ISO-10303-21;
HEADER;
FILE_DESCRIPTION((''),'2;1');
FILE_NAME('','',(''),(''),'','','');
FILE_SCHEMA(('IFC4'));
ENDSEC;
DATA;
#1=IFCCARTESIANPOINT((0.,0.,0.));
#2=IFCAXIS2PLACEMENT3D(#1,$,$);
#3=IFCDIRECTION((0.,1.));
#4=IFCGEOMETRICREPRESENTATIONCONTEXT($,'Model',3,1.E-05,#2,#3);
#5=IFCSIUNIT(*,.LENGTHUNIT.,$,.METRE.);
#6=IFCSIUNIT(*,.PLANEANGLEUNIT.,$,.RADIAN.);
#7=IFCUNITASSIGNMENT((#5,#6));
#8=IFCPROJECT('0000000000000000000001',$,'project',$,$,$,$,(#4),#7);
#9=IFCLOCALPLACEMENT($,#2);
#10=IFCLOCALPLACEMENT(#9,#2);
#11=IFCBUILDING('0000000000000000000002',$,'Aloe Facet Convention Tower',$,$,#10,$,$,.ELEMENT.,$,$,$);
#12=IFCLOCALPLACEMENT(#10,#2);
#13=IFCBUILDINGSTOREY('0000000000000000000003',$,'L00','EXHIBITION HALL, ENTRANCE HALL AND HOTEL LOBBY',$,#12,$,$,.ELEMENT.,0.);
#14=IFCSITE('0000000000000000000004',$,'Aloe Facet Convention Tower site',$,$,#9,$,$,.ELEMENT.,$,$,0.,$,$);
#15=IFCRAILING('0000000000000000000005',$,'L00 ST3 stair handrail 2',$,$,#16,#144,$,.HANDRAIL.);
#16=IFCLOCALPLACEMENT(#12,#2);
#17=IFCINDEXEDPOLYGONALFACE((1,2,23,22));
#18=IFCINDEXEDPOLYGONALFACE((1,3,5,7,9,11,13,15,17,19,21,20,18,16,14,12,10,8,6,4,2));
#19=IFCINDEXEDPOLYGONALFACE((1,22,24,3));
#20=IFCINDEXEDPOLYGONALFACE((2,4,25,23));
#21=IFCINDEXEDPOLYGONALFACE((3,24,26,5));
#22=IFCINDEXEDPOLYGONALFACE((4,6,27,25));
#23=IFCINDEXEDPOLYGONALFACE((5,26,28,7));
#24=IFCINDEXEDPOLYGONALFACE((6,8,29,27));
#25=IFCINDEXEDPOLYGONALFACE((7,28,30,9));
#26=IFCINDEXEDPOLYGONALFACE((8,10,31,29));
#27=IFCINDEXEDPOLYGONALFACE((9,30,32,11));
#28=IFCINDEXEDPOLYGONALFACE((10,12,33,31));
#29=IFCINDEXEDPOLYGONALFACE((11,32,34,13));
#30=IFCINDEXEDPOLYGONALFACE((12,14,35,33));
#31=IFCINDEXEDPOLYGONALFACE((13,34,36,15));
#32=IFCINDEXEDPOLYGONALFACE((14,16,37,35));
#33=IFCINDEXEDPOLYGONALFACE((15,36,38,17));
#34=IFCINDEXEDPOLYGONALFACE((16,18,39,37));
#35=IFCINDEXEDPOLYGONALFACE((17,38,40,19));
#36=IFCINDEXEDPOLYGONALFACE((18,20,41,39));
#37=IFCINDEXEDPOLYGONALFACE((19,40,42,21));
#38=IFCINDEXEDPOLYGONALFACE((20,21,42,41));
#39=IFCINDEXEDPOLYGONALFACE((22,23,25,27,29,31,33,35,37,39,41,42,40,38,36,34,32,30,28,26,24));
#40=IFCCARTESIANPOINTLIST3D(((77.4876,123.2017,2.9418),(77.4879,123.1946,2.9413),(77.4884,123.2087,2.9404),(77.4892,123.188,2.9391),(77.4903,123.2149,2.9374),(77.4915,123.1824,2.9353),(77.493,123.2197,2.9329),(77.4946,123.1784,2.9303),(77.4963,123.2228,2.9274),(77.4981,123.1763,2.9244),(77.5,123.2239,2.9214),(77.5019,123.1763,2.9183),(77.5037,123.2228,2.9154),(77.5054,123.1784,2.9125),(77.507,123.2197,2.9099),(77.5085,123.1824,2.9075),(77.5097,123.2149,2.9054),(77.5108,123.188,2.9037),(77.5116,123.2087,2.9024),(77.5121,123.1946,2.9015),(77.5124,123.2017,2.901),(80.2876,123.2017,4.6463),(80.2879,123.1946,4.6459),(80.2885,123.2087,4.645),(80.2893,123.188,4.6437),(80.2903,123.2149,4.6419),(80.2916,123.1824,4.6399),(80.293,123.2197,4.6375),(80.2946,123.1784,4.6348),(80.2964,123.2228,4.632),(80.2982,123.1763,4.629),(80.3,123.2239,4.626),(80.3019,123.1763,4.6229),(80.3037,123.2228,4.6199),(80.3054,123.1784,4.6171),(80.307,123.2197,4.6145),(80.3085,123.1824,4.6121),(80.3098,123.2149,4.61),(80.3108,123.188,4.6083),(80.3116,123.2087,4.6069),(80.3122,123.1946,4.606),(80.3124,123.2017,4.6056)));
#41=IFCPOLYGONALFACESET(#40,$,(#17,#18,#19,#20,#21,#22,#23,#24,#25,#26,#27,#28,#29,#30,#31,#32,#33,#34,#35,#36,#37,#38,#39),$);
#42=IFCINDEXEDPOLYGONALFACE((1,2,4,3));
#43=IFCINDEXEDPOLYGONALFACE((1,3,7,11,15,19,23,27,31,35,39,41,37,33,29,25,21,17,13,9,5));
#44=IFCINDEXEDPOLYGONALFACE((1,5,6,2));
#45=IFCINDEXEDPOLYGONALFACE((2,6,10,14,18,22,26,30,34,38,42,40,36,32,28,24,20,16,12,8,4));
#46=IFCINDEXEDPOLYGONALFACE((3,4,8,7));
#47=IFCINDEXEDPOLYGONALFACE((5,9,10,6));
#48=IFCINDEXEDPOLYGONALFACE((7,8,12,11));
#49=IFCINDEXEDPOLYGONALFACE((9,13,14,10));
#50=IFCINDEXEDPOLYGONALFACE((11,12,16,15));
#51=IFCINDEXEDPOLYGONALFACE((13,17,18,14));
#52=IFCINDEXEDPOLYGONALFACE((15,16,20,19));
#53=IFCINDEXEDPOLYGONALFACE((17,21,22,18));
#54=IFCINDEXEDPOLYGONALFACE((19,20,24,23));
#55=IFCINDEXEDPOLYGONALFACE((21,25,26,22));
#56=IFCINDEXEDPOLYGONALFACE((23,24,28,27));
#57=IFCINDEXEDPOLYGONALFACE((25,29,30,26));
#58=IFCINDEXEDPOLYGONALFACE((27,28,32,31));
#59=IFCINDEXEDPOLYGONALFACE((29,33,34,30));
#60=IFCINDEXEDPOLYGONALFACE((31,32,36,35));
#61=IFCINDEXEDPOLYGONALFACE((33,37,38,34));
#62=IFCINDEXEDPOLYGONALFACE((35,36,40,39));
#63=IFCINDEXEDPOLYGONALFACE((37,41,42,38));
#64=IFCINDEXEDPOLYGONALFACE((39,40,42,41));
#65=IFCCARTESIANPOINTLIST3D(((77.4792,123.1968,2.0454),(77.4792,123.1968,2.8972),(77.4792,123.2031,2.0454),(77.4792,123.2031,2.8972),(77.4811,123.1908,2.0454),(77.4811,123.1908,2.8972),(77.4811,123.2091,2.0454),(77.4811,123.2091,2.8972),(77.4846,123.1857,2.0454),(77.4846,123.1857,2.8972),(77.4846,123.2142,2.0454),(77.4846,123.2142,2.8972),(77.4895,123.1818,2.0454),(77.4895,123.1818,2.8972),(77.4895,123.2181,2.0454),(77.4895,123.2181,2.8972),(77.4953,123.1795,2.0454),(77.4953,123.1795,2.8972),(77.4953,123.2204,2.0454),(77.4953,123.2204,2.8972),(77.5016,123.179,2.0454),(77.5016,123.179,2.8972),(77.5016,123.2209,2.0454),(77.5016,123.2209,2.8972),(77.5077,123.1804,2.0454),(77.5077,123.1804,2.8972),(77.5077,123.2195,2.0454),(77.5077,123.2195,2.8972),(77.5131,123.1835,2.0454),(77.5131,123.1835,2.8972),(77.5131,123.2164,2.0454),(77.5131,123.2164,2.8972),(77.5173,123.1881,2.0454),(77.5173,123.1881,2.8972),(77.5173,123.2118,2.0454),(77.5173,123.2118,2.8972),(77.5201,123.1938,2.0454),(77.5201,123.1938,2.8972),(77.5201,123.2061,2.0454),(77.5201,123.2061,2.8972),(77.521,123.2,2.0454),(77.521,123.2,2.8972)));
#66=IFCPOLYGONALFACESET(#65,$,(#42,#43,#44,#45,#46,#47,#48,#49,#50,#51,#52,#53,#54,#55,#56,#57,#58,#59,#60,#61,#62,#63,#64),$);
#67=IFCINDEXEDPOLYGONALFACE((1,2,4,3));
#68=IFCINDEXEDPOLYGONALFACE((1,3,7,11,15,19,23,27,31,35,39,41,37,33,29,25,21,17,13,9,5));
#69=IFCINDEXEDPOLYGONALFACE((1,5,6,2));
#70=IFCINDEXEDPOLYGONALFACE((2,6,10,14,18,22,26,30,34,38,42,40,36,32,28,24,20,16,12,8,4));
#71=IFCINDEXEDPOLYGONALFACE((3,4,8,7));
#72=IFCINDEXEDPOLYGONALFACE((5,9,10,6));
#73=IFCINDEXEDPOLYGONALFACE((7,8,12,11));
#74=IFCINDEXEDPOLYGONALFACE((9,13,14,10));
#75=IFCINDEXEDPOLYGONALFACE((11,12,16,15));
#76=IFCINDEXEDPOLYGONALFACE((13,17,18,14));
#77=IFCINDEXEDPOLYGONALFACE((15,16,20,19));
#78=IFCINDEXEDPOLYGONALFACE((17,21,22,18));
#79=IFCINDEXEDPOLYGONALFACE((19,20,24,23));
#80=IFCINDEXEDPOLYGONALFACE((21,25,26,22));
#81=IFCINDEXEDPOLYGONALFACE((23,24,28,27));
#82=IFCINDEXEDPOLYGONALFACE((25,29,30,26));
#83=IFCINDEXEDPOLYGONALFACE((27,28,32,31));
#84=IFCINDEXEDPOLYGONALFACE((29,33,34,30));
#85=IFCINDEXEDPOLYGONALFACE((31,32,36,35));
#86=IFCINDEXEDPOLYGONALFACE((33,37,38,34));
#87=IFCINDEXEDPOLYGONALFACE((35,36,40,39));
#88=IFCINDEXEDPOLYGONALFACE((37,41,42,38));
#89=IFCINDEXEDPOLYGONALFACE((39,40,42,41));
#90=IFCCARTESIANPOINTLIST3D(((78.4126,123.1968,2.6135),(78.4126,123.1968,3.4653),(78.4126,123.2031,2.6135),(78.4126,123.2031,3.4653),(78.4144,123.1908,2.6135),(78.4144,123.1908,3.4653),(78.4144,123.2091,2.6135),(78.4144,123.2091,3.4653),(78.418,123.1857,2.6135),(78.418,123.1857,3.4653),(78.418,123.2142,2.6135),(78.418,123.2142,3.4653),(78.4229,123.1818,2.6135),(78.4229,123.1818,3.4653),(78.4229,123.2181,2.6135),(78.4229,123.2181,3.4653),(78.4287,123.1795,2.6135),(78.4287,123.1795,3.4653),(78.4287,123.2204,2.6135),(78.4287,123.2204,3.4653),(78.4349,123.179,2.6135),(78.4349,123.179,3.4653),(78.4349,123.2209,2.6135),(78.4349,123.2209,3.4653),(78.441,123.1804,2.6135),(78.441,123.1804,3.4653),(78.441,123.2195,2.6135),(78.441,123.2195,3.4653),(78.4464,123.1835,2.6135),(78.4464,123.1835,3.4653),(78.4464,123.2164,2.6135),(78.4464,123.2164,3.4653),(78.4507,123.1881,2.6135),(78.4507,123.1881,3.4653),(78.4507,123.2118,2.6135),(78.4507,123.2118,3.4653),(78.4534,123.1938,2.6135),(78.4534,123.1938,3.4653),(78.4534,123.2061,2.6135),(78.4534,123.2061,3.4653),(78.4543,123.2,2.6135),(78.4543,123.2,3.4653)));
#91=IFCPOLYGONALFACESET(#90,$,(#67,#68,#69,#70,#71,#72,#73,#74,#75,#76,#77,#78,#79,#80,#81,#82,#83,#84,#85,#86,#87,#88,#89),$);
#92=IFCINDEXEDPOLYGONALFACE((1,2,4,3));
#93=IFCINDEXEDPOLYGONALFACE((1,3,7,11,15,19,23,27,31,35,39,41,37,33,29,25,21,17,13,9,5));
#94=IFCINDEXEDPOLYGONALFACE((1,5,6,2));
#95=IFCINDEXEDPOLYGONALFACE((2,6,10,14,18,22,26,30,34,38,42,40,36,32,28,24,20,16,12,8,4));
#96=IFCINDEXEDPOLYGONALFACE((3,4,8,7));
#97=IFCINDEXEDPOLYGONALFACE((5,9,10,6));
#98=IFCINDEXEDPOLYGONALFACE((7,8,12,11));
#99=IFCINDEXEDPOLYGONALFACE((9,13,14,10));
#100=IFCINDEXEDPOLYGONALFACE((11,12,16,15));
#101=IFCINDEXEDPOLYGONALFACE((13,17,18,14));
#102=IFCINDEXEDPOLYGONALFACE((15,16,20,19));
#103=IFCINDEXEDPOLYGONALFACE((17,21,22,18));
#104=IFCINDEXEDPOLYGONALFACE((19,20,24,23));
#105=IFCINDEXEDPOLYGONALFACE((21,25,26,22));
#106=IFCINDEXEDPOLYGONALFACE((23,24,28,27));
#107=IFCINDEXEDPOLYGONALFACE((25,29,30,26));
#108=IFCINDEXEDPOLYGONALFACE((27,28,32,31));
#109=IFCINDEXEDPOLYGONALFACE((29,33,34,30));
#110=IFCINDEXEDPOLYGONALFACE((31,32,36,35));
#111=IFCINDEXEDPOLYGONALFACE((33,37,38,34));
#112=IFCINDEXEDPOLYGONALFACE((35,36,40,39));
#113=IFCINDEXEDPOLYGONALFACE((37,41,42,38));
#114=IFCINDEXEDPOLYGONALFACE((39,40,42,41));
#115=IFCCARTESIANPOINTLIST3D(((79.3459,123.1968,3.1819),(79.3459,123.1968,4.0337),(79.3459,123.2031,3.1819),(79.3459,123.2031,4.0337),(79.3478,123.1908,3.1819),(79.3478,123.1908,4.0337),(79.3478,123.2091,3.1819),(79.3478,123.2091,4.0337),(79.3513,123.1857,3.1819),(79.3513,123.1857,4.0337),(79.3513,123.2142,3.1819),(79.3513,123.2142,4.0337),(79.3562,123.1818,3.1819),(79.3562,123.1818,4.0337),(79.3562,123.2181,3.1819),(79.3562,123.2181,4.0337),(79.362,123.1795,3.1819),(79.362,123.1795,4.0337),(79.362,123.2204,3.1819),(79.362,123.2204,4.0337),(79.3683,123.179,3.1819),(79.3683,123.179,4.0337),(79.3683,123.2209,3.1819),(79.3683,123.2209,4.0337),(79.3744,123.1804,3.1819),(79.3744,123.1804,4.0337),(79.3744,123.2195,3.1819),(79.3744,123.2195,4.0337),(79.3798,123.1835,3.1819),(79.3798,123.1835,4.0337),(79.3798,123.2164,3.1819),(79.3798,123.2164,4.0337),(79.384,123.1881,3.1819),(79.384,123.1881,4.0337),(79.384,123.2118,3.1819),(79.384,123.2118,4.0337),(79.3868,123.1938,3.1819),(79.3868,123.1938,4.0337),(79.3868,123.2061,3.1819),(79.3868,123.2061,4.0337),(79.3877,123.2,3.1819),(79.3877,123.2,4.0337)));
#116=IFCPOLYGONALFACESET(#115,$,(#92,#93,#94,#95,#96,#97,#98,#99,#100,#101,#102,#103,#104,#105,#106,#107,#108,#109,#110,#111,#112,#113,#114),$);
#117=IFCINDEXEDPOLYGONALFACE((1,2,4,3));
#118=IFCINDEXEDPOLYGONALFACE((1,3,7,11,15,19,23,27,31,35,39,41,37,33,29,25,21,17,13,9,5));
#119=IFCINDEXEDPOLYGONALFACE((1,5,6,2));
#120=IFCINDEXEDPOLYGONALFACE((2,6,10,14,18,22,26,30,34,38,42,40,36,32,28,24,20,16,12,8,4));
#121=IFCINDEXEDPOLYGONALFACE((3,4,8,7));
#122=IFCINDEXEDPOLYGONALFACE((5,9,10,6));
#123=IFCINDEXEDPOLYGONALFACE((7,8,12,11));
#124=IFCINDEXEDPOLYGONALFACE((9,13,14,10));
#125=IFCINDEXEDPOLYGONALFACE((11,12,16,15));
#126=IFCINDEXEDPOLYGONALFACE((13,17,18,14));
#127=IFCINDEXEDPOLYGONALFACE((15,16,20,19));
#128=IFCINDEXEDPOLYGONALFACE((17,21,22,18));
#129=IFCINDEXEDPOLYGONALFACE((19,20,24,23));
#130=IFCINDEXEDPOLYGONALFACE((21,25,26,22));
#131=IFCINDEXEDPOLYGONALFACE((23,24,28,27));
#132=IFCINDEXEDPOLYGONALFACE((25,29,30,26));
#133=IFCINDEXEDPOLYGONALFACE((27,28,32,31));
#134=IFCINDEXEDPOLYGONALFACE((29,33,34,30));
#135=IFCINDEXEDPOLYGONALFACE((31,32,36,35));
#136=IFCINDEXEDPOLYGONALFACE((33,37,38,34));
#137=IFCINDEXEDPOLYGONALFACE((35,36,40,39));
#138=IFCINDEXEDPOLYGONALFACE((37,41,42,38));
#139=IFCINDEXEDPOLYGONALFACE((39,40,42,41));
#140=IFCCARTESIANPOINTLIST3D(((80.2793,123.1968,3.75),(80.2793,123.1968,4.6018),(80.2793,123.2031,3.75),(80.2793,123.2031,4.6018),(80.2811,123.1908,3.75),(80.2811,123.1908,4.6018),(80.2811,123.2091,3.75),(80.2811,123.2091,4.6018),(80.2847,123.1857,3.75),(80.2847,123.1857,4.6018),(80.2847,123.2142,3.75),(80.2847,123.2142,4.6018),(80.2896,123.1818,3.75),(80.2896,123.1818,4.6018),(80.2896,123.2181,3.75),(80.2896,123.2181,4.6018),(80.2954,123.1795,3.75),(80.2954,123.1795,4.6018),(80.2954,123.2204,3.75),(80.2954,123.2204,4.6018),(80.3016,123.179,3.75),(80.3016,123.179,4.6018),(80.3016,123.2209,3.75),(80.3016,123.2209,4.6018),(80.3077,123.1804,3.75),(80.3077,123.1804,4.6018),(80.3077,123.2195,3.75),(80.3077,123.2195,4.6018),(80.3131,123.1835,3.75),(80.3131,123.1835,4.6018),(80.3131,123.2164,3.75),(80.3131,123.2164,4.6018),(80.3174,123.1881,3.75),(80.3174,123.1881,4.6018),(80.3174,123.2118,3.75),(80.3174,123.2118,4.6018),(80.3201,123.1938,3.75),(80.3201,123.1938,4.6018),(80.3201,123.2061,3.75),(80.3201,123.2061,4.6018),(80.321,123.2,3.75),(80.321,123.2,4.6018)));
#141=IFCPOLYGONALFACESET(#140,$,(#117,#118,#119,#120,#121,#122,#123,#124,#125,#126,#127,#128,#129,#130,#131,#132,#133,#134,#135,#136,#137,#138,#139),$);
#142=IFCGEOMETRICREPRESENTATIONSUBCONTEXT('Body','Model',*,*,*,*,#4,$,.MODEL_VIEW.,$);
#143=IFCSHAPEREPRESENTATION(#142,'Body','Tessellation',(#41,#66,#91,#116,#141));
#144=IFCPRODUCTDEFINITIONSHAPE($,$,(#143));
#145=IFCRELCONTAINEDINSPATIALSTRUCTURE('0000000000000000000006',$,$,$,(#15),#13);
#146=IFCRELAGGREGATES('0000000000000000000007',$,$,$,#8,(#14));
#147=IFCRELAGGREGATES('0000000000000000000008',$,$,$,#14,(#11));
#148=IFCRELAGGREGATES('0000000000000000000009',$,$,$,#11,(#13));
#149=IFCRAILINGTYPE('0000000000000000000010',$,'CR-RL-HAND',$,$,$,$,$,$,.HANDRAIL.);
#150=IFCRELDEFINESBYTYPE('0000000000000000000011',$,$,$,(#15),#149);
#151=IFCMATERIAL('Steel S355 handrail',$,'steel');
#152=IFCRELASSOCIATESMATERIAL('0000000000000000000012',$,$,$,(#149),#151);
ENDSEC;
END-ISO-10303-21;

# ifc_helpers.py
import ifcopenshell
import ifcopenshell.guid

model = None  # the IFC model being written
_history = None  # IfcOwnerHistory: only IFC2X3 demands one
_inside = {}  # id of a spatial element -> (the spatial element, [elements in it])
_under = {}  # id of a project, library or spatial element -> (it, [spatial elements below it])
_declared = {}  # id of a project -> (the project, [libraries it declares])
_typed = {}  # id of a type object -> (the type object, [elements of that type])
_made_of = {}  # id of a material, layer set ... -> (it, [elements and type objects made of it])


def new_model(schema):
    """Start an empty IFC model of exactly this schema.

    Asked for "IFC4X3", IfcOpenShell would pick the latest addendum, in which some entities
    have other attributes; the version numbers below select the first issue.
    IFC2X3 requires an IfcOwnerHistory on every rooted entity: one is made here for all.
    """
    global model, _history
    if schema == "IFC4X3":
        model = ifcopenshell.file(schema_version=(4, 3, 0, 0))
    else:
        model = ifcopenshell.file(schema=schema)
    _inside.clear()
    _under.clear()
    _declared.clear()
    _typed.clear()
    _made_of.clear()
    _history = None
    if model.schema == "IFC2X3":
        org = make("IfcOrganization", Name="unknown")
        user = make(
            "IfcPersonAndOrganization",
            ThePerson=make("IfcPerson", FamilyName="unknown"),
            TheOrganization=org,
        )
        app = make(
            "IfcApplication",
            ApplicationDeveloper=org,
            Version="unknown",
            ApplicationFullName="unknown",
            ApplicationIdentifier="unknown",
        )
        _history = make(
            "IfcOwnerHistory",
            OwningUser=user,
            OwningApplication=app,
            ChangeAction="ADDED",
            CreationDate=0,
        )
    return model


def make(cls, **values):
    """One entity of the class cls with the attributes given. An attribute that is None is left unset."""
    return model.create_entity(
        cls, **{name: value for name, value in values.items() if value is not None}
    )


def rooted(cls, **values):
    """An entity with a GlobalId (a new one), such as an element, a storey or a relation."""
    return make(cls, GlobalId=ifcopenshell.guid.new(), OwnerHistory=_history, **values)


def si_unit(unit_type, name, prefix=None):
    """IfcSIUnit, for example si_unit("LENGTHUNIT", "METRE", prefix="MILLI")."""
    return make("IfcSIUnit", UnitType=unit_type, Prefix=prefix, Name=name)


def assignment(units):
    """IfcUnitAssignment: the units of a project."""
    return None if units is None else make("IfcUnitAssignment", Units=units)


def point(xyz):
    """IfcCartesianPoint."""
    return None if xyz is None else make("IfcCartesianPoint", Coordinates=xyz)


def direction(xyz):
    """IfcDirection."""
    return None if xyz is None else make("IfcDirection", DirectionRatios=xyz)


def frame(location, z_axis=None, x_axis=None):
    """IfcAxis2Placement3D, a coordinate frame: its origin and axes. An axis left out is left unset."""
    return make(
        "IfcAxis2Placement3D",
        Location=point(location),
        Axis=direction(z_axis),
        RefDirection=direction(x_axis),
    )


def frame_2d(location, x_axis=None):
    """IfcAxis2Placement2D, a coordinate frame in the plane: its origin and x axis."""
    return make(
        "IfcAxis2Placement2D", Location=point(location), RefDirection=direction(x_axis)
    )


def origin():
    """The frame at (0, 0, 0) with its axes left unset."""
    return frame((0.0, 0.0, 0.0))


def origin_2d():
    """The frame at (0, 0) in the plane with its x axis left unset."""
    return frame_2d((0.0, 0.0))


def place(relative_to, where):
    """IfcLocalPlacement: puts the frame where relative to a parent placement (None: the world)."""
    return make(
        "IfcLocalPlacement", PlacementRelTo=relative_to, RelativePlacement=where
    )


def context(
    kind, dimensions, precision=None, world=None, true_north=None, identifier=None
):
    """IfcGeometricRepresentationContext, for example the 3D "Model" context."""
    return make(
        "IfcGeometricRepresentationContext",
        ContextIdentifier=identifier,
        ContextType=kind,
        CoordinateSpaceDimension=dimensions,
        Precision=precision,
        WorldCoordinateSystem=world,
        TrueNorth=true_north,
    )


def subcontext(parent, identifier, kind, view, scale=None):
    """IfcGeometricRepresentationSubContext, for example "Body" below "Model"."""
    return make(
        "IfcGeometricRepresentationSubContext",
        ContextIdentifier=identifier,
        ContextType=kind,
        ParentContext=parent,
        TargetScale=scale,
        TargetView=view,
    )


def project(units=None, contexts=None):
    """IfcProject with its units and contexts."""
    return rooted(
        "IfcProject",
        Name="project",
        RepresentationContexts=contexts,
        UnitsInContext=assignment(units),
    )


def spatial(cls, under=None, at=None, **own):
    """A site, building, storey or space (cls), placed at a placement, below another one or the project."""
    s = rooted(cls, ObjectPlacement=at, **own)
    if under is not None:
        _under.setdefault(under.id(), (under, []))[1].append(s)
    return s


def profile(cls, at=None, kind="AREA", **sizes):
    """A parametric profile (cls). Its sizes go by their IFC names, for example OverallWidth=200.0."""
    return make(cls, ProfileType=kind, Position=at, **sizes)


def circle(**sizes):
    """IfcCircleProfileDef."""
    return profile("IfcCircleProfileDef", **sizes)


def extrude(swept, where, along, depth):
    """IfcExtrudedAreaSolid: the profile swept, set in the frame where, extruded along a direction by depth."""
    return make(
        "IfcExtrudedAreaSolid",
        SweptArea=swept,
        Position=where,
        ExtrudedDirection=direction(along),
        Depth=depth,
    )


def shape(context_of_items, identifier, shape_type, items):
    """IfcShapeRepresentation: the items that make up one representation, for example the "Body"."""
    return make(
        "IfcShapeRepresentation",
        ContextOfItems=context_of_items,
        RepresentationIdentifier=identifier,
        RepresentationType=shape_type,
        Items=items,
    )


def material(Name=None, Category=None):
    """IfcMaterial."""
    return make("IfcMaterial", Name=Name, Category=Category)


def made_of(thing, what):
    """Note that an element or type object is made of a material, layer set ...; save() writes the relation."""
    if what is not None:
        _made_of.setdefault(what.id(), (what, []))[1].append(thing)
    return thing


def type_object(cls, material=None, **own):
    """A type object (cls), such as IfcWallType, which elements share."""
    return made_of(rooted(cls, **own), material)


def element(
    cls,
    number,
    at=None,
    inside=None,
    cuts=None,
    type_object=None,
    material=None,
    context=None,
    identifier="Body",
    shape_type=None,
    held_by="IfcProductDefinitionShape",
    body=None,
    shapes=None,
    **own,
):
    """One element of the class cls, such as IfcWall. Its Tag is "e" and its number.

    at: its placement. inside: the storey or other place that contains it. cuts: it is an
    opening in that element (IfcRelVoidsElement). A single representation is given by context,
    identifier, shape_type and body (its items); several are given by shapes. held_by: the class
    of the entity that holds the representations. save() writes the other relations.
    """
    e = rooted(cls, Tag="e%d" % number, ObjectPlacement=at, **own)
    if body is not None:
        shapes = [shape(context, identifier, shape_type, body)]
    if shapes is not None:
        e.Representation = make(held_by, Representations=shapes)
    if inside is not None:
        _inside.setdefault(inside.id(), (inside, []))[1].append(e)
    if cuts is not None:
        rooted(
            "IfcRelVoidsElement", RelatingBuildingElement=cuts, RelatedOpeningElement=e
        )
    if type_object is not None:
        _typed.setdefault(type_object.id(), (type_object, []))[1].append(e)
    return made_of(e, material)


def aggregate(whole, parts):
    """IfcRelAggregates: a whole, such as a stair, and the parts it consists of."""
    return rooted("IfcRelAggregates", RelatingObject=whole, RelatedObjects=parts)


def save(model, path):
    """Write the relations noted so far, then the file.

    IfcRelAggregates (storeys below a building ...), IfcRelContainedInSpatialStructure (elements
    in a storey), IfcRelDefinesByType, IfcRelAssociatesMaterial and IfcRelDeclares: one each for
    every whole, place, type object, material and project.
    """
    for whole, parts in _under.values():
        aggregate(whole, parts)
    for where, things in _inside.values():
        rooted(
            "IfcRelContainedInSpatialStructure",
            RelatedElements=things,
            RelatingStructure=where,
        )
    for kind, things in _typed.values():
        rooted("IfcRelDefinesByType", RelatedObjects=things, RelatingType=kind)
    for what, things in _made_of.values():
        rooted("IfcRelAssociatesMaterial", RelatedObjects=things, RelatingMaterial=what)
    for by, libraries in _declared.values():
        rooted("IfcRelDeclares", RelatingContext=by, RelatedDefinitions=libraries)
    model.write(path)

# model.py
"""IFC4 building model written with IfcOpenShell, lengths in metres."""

from ifc_helpers import new_model, si_unit, direction, frame, origin, origin_2d, place, context, subcontext, project, spatial, circle, extrude, material, type_object, element, save


model = new_model("IFC4")

# Units and contexts
model_context = context("Model", 3, precision=1e-05, world=origin(), true_north=direction((0.0, 1.0)))
body_context = subcontext(model_context, "Body", "Model", "MODEL_VIEW")
ifc_project = project(units=[si_unit("LENGTHUNIT", "METRE"), si_unit("PLANEANGLEUNIT", "RADIAN")], contexts=[model_context])

# Site, building, storey
site_placement = place(None, origin())
site = spatial("IfcSite", under=ifc_project, at=site_placement, Name="Aloe Facet Convention Tower site", CompositionType="ELEMENT", RefElevation=0.0)
building_placement = place(site_placement, origin())
building = spatial("IfcBuilding", under=site, at=building_placement, Name="Aloe Facet Convention Tower", CompositionType="ELEMENT")
storey_placement = place(building_placement, origin())
storey = spatial("IfcBuildingStorey", under=building, at=storey_placement, Name="L00", Description="EXHIBITION HALL, ENTRANCE HALL AND HOTEL LOBBY", CompositionType="ELEMENT", Elevation=0.0)

# Railing
ifc_material_1 = material(Name="Steel S355 handrail", Category="steel")
railing_type_1 = type_object("IfcRailingType", Name="CR-RL-HAND", PredefinedType="HANDRAIL", material=ifc_material_1)
for number, where, name in (
    (1, (77.5, 123.2, 2.0454), "L00 ST3 stair handrail 2"),
):
    element("IfcRailing", number, at=place(storey_placement, frame(where)), inside=storey, type_object=railing_type_1, Name=name, PredefinedType="HANDRAIL", context=body_context, shape_type="SweptSolid", body=[
        extrude(circle(Radius=0.0239, at=origin_2d()), frame((0.0, 0.0, 0.876), z_axis=(0.85417, 0.0, 0.519994), x_axis=(0.0, 1.0, 0.0)), (0.0, 0.0, 1.0), 3.2781),
        extrude(circle(Radius=0.021, at=origin_2d()), origin(), (0.0, 0.0, 1.0), 0.8518),
        extrude(circle(Radius=0.021, at=origin_2d()), frame((0.9333, 0.0, 0.5681)), (0.0, 0.0, 1.0), 0.8518),
        extrude(circle(Radius=0.021, at=origin_2d()), frame((1.8667, 0.0, 1.1365)), (0.0, 0.0, 1.0), 0.8518),
        extrude(circle(Radius=0.021, at=origin_2d()), frame((2.8, 0.0, 1.7046)), (0.0, 0.0, 1.0), 0.8518),
    ])

save(model, "model.ifc")
